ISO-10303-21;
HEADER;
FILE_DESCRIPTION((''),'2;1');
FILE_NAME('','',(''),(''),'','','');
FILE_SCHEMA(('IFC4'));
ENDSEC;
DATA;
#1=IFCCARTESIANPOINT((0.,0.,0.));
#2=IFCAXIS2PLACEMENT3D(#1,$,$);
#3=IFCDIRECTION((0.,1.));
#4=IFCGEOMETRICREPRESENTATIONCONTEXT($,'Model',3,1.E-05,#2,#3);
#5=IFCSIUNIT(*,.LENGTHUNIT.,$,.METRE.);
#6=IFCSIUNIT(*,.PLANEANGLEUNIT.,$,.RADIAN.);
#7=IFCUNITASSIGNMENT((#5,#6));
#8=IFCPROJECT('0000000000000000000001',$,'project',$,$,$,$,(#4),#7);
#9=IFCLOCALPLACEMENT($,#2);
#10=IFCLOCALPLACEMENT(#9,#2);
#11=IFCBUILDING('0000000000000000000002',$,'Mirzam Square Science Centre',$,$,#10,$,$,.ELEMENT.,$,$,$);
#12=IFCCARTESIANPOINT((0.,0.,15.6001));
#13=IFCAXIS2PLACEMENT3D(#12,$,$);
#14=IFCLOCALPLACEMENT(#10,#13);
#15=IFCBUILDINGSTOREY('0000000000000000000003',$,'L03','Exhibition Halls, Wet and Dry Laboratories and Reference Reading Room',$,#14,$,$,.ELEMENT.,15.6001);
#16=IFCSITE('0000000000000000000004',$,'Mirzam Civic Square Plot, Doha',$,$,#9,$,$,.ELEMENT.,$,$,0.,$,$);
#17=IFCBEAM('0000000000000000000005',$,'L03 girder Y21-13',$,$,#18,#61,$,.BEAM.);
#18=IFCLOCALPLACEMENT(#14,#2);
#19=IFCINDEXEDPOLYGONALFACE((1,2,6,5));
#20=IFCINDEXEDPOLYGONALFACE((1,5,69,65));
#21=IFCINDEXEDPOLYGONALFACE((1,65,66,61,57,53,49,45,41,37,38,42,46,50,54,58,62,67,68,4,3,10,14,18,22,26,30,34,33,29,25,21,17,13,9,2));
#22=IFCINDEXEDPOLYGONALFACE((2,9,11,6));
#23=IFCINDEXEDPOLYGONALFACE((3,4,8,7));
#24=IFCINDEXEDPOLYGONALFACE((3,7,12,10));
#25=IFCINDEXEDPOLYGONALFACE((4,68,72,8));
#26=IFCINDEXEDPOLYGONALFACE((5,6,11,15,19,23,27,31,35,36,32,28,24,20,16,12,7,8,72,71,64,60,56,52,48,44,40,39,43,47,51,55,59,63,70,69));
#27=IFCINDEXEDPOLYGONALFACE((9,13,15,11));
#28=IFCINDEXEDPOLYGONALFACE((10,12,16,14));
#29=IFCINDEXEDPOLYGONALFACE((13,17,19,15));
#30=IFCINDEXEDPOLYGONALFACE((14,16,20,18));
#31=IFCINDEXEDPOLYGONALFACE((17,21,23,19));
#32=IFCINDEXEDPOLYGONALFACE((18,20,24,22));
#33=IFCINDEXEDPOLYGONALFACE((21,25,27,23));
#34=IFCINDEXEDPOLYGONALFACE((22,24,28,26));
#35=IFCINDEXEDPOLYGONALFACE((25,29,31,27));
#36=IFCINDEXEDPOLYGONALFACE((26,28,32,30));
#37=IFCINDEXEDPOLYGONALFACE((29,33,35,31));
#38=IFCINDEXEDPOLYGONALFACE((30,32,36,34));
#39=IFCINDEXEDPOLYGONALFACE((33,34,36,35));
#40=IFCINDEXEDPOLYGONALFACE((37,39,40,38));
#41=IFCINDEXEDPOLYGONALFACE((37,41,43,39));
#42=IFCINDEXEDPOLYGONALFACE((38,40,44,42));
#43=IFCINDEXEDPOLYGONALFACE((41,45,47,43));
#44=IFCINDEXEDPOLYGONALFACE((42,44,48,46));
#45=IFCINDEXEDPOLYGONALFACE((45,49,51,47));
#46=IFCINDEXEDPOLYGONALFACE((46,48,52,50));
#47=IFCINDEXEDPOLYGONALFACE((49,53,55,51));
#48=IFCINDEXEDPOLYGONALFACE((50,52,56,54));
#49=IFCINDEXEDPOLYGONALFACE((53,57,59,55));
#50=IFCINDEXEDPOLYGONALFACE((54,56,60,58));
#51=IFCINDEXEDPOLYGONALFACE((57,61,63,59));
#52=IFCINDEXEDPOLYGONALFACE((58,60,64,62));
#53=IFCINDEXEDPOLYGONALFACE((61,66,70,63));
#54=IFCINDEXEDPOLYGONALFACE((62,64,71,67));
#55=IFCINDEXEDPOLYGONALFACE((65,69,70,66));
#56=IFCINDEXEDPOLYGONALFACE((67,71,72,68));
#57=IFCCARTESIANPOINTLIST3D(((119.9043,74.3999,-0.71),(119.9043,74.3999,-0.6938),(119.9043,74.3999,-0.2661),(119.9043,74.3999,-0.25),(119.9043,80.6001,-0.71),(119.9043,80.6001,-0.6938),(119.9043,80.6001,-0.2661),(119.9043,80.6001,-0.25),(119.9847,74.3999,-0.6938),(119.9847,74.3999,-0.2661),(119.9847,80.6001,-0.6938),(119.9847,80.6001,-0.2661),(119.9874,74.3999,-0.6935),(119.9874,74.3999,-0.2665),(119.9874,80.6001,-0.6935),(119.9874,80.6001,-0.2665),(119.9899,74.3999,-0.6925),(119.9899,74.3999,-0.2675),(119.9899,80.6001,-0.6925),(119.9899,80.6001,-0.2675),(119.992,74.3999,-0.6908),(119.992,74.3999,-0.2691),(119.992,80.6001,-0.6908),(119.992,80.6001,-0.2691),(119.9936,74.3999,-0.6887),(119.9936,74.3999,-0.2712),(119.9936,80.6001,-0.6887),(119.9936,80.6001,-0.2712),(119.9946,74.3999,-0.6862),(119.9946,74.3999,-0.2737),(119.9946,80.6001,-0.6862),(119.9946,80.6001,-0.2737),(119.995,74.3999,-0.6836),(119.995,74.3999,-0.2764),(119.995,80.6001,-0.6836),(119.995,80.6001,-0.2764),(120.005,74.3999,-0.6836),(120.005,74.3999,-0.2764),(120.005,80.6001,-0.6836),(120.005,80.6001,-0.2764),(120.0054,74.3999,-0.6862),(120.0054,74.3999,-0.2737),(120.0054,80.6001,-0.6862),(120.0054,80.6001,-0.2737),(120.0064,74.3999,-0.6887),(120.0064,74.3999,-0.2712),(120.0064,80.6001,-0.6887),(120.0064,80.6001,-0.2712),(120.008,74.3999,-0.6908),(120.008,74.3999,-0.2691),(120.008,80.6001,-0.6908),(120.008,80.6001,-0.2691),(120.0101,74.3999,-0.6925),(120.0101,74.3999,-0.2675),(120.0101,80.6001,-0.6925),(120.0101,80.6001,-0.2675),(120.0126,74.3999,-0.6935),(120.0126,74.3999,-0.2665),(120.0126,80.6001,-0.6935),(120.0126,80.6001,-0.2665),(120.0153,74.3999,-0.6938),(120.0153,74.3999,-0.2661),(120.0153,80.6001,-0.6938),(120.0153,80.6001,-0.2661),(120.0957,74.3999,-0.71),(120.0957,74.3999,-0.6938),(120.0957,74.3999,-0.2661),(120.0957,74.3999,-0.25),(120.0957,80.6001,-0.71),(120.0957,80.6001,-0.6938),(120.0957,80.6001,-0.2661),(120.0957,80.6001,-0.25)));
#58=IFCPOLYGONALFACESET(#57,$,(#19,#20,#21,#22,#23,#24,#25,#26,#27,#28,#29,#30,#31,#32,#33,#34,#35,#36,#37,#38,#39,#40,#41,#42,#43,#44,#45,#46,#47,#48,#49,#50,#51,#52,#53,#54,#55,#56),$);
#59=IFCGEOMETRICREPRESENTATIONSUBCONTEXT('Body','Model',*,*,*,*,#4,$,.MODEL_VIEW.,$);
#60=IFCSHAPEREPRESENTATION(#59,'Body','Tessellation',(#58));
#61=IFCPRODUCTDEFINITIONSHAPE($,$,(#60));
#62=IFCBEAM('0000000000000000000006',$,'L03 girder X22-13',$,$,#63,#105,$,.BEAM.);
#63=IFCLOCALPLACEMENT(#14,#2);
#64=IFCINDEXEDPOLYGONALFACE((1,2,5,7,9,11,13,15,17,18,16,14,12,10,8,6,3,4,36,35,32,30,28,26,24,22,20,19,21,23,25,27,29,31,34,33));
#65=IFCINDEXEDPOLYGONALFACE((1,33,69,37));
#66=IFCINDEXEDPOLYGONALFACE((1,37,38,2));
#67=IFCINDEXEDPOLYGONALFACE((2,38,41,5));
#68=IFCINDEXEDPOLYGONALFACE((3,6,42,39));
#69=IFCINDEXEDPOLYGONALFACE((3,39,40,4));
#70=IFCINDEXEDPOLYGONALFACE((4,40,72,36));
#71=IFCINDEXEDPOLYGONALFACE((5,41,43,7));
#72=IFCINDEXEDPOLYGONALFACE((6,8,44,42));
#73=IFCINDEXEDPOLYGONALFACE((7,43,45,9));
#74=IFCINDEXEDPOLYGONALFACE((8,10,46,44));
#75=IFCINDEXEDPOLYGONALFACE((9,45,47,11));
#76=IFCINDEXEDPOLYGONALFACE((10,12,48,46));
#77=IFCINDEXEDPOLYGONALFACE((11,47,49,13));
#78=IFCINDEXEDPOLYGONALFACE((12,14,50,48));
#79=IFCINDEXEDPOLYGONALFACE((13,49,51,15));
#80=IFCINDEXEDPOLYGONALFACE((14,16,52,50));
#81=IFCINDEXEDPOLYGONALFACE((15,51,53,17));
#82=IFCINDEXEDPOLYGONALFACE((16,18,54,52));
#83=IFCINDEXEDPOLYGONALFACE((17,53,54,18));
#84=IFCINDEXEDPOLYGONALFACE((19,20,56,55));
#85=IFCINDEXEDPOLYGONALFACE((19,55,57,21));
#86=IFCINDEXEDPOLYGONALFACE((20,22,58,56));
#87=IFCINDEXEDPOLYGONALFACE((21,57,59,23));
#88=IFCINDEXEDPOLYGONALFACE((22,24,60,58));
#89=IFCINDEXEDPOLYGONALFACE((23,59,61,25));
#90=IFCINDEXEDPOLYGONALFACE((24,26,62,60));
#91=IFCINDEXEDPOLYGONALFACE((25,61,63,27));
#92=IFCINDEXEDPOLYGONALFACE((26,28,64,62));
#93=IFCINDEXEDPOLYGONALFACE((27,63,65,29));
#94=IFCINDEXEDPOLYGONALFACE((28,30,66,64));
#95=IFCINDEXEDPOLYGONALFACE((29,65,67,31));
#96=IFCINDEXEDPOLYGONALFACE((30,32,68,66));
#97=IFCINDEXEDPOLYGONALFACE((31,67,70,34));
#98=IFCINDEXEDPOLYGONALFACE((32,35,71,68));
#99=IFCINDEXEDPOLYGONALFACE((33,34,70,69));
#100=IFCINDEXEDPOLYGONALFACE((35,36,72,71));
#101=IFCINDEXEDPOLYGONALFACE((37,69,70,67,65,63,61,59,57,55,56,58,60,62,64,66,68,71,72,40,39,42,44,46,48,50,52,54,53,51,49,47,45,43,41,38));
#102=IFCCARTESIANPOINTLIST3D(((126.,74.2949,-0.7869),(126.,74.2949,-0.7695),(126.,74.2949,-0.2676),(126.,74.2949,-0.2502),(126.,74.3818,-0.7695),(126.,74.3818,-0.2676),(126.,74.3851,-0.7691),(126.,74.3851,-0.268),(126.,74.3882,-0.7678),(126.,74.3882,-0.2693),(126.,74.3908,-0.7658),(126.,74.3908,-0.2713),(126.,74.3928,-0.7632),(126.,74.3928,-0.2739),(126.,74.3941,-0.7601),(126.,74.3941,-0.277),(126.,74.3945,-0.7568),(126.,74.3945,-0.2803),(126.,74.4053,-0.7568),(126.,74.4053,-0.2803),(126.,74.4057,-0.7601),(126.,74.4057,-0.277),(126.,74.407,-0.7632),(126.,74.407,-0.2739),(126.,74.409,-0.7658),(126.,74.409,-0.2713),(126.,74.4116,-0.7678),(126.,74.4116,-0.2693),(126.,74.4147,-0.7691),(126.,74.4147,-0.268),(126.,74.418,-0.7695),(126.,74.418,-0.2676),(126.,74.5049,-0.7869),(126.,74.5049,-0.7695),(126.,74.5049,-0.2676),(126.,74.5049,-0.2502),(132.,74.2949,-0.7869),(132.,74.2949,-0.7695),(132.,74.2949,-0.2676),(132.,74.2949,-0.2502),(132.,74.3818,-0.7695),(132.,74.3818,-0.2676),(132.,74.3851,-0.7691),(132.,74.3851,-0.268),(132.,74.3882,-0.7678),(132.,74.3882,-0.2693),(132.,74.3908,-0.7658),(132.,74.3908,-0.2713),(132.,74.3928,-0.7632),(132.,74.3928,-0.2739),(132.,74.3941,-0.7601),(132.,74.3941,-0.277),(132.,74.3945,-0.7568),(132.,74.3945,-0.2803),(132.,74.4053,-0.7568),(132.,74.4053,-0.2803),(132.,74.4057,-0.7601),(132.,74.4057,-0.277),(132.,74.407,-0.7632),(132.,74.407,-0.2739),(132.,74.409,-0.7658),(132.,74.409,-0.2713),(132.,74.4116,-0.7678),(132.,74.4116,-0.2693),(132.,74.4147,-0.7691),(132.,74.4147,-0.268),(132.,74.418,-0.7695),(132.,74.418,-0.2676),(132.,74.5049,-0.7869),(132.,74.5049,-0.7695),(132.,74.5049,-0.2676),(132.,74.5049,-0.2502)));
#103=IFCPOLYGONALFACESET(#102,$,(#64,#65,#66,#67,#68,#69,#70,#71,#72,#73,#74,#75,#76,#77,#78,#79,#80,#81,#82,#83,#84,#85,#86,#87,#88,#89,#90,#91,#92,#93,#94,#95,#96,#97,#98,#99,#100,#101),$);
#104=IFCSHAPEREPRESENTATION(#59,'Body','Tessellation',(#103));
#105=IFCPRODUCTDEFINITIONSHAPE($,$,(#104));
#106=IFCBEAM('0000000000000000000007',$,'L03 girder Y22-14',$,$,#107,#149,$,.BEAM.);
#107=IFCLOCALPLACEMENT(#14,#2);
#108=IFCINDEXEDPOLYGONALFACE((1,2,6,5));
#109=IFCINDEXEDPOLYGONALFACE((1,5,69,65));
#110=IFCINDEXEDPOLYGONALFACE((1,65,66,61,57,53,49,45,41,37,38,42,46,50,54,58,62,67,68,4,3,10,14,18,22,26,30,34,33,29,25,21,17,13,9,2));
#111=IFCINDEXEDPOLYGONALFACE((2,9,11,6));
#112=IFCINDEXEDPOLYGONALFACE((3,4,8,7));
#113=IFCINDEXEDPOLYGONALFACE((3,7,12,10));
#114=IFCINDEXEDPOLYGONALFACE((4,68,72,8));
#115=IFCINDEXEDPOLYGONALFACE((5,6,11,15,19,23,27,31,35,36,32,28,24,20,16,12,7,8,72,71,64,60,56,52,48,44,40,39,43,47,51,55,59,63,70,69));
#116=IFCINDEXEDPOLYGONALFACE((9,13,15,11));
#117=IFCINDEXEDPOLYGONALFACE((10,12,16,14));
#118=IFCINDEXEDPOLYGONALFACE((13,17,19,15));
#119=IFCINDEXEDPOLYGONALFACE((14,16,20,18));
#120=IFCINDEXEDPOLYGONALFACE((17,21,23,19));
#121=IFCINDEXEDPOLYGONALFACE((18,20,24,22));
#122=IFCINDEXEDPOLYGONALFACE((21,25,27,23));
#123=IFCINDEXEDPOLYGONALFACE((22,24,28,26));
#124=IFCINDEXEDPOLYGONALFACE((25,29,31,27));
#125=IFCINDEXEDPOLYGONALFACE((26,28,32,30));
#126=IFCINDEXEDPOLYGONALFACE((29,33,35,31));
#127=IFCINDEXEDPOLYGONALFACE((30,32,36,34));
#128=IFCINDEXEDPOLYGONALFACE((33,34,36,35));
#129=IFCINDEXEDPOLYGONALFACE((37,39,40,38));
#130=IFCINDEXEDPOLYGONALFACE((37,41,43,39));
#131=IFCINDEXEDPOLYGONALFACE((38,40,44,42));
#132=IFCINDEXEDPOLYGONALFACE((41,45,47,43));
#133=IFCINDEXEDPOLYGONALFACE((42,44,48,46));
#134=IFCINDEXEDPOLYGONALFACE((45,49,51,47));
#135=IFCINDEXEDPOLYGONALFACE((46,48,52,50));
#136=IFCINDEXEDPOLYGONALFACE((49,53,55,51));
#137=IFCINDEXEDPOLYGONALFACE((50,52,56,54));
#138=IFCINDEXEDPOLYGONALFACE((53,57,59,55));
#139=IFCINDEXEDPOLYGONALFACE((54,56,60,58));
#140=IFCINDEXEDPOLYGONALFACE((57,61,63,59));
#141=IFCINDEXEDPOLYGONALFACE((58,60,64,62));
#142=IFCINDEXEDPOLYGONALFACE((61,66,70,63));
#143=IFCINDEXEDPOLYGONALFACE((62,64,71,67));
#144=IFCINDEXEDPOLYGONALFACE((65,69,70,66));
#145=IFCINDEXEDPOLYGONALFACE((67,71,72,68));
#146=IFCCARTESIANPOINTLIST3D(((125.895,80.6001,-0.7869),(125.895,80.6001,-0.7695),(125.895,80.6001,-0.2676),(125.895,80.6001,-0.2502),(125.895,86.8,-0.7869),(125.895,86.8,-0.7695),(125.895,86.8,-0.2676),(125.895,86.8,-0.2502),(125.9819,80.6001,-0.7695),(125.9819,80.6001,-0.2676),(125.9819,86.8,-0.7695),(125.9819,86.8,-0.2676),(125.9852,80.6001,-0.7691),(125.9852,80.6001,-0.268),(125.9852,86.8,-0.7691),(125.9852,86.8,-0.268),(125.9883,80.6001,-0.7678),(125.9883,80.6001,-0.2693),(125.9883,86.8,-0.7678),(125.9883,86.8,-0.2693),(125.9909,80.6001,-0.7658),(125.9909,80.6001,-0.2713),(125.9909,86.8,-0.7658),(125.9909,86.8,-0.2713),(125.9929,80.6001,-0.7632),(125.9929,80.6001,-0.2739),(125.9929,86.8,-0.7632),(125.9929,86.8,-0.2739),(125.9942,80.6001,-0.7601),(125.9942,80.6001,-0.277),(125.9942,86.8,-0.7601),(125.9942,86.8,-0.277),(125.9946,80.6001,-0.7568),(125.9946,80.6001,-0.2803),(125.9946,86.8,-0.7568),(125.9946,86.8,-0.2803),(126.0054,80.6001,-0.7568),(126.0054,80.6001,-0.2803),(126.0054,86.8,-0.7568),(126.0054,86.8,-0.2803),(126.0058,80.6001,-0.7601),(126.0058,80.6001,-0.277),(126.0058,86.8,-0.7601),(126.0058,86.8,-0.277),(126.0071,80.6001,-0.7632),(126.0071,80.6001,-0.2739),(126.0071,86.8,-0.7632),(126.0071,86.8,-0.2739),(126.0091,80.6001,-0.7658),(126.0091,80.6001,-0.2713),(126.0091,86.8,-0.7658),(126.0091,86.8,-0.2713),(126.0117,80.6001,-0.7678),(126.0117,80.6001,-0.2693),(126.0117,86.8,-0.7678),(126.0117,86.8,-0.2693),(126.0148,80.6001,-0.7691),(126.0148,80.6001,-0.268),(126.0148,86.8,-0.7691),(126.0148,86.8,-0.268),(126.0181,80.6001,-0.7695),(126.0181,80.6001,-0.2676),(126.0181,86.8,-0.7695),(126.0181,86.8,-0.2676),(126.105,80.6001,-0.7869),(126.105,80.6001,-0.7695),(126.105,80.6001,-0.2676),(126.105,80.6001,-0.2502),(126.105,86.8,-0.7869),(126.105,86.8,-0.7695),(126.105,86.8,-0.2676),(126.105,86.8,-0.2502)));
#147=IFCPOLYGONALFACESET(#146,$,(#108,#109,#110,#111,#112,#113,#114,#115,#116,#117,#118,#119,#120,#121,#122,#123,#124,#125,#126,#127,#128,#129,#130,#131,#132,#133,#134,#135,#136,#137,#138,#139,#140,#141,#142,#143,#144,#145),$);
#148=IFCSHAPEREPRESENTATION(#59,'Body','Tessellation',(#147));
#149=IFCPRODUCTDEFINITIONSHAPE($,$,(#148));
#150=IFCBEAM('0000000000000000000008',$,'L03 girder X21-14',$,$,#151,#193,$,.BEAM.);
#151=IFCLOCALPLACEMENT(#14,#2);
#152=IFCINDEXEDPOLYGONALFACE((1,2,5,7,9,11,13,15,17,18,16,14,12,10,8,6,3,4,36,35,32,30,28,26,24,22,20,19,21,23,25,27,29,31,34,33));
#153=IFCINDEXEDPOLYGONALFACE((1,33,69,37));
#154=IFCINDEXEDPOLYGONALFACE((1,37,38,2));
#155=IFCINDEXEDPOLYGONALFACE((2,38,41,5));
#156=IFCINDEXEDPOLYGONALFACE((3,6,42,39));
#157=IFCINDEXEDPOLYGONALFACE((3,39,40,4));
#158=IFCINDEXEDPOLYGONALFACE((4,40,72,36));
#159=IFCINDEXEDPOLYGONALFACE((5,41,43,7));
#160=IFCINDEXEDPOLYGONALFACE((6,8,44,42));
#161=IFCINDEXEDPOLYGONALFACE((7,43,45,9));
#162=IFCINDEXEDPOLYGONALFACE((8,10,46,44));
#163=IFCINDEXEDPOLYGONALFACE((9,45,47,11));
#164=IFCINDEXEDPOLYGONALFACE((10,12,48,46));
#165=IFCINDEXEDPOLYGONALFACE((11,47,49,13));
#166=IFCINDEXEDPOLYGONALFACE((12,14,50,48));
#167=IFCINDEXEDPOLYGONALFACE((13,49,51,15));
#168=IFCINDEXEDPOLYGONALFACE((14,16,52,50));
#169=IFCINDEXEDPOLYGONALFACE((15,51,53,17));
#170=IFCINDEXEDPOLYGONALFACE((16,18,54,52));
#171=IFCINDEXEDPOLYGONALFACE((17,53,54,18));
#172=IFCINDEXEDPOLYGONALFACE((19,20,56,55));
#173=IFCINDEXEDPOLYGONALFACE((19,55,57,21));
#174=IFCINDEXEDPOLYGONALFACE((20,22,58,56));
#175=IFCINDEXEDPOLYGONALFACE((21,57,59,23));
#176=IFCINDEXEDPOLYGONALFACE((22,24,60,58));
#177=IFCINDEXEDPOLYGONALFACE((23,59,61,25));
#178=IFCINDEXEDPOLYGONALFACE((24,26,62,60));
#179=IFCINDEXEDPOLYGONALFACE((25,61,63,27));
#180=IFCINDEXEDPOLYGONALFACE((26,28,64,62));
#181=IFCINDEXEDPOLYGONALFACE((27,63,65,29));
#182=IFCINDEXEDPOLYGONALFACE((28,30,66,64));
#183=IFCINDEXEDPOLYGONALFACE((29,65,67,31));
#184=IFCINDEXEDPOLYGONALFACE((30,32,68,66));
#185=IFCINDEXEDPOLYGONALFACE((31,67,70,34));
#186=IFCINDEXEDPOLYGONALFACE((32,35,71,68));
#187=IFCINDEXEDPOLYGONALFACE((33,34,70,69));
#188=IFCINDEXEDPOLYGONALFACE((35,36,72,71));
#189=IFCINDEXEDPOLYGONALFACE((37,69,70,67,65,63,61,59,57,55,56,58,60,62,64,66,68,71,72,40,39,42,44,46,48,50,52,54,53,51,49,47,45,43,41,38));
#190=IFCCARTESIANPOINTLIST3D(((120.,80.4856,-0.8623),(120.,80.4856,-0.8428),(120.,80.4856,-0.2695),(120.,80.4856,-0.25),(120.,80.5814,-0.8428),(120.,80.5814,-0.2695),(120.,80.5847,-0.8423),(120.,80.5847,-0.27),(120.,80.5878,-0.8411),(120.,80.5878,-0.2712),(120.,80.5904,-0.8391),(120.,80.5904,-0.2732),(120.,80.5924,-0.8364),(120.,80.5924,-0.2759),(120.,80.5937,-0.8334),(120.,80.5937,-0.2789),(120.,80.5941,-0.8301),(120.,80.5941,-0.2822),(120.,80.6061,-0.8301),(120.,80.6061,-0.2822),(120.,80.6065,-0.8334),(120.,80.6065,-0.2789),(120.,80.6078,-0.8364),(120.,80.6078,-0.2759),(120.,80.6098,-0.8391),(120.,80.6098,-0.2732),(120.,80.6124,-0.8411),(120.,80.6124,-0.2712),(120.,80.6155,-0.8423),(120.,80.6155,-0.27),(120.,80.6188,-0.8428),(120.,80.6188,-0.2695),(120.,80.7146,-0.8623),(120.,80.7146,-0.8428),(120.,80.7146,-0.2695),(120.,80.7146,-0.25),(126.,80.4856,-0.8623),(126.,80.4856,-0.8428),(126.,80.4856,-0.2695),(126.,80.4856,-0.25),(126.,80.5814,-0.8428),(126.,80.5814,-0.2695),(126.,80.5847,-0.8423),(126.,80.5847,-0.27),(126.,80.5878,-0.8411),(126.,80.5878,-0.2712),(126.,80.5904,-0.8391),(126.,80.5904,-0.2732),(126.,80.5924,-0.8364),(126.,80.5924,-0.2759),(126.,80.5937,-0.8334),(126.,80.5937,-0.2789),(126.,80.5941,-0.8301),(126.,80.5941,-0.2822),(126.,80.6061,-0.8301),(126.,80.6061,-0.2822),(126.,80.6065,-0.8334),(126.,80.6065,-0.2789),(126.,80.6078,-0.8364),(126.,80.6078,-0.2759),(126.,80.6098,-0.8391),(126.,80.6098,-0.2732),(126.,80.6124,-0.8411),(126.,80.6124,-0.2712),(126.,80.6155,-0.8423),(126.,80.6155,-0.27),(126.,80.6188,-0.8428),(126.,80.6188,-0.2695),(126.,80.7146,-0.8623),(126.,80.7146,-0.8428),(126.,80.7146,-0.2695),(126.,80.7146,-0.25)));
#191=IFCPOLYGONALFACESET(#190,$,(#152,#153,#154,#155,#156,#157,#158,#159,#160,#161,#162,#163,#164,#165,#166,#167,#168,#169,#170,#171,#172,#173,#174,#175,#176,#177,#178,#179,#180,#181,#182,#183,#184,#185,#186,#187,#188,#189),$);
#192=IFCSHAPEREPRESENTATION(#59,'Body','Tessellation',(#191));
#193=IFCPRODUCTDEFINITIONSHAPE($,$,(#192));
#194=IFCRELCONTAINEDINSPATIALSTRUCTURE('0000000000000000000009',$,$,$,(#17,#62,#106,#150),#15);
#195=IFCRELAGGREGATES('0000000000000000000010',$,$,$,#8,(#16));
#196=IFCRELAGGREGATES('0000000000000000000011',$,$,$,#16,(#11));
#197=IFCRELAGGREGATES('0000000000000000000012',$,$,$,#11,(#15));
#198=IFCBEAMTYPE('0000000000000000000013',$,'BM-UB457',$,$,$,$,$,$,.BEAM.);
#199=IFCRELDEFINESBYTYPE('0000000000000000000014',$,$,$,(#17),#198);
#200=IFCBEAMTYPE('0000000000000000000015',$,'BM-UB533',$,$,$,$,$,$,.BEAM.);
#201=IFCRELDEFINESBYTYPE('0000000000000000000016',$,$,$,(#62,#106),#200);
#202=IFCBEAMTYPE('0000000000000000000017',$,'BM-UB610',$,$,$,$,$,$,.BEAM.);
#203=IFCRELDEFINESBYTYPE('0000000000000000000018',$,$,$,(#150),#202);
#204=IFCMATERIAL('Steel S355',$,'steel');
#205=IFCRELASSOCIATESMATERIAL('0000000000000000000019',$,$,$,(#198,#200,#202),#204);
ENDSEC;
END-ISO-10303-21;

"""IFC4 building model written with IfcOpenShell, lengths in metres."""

from ifc_helpers import new_model, si_unit, direction, frame, origin, origin_2d, place, context, subcontext, project, spatial, i_section, extrude, material, material_profile, profile_set, type_object, element, save


model = new_model("IFC4")

# Units and contexts
model_context = context("Model", 3, precision=1e-05, world=origin(), true_north=direction((0.0, 1.0)))
body_context = subcontext(model_context, "Body", "Model", "MODEL_VIEW")
ifc_project = project(units=[si_unit("LENGTHUNIT", "METRE"), si_unit("PLANEANGLEUNIT", "RADIAN")], contexts=[model_context])

# Site, building, storey
site_placement = place(None, origin())
site = spatial("IfcSite", under=ifc_project, at=site_placement, Name="Mirzam Civic Square Plot, Doha", CompositionType="ELEMENT", RefElevation=0.0)
building_placement = place(site_placement, origin())
building = spatial("IfcBuilding", under=site, at=building_placement, Name="Mirzam Square Science Centre", CompositionType="ELEMENT")
storey_placement = place(building_placement, frame((0.0, 0.0, 15.6001)))
storey = spatial("IfcBuildingStorey", under=building, at=storey_placement, Name="L03", Description="Exhibition Halls, Wet and Dry Laboratories and Reference Reading Room", CompositionType="ELEMENT", Elevation=15.6001)

# Shared definitions
ifc_material_1 = material(Name="Steel S355", Category="steel")

# Beams
ifc_material_profile_1 = material_profile(ifc_material_1, i_section(OverallWidth=0.1914, OverallDepth=0.46, WebThickness=0.01, FlangeThickness=0.0161, FilletRadius=0.0103, at=origin_2d()), Name="457x191x82UB")
ifc_profile_set_1 = profile_set([ifc_material_profile_1], Name="Steel S355")
beam_type_1 = type_object("IfcBeamType", Name="BM-UB457", PredefinedType="BEAM", material=ifc_profile_set_1)
beam_1_placement = place(storey_placement, frame((120.0, 74.3999, -0.48), z_axis=(0.0, 1.0, 0.0), x_axis=(-1.0, 0.0, 0.0)))
element("IfcBeam", 1, at=beam_1_placement, inside=storey, type_object=beam_type_1, Name="L03 girder Y21-13", PredefinedType="BEAM", context=body_context, shape_type="SweptSolid", body=[
    extrude(i_section(OverallWidth=0.1914, OverallDepth=0.46, WebThickness=0.01, FlangeThickness=0.0161, FilletRadius=0.0103, at=origin_2d()), origin(), (0.0, 0.0, 1.0), 6.2002),
])
ifc_material_profile_2 = material_profile(ifc_material_1, i_section(OverallWidth=0.21, OverallDepth=0.5366, WebThickness=0.0107, FlangeThickness=0.0173, FilletRadius=0.0127, at=origin_2d()), Name="533x210x101UB")
ifc_profile_set_2 = profile_set([ifc_material_profile_2], Name="Steel S355")
beam_type_2 = type_object("IfcBeamType", Name="BM-UB533", PredefinedType="BEAM", material=ifc_profile_set_2)
beam_2_placement = place(storey_placement, frame((126.0, 74.3999, -0.5186), z_axis=(1.0, 0.0, 0.0), x_axis=(0.0, 1.0, 0.0)))
element("IfcBeam", 2, at=beam_2_placement, inside=storey, type_object=beam_type_2, Name="L03 girder X22-13", PredefinedType="BEAM", context=body_context, shape_type="SweptSolid", body=[
    extrude(i_section(OverallWidth=0.21, OverallDepth=0.5366, WebThickness=0.0107, FlangeThickness=0.0173, FilletRadius=0.0127, at=origin_2d()), origin(), (0.0, 0.0, 1.0), 6.0),
])
beam_3_placement = place(storey_placement, frame((126.0, 80.6001, -0.5186), z_axis=(0.0, 1.0, 0.0), x_axis=(-1.0, 0.0, 0.0)))
element("IfcBeam", 3, at=beam_3_placement, inside=storey, type_object=beam_type_2, Name="L03 girder Y22-14", PredefinedType="BEAM", context=body_context, shape_type="SweptSolid", body=[
    extrude(i_section(OverallWidth=0.21, OverallDepth=0.5366, WebThickness=0.0107, FlangeThickness=0.0173, FilletRadius=0.0127, at=origin_2d()), origin(), (0.0, 0.0, 1.0), 6.2),
])
ifc_material_profile_3 = material_profile(ifc_material_1, i_section(OverallWidth=0.229, OverallDepth=0.6123, WebThickness=0.012, FlangeThickness=0.0195, FilletRadius=0.0127, at=origin_2d()), Name="610x229x125UB")
ifc_profile_set_3 = profile_set([ifc_material_profile_3], Name="Steel S355")
beam_type_3 = type_object("IfcBeamType", Name="BM-UB610", PredefinedType="BEAM", material=ifc_profile_set_3)
for number, where, z_axis, x_axis, name in (
    (4, (120.0, 80.6001, -0.5562), (1.0, 0.0, 0.0), (0.0, 1.0, 0.0), "L03 girder X21-14"),
):
    element("IfcBeam", number, at=place(storey_placement, frame(where, z_axis=z_axis, x_axis=x_axis)), inside=storey, type_object=beam_type_3, Name=name, PredefinedType="BEAM", context=body_context, shape_type="SweptSolid", body=[
        extrude(i_section(OverallWidth=0.229, OverallDepth=0.6123, WebThickness=0.012, FlangeThickness=0.0195, FilletRadius=0.0127, at=origin_2d()), origin(), (0.0, 0.0, 1.0), 6.0),
    ])

save(model, "model.ifc")
